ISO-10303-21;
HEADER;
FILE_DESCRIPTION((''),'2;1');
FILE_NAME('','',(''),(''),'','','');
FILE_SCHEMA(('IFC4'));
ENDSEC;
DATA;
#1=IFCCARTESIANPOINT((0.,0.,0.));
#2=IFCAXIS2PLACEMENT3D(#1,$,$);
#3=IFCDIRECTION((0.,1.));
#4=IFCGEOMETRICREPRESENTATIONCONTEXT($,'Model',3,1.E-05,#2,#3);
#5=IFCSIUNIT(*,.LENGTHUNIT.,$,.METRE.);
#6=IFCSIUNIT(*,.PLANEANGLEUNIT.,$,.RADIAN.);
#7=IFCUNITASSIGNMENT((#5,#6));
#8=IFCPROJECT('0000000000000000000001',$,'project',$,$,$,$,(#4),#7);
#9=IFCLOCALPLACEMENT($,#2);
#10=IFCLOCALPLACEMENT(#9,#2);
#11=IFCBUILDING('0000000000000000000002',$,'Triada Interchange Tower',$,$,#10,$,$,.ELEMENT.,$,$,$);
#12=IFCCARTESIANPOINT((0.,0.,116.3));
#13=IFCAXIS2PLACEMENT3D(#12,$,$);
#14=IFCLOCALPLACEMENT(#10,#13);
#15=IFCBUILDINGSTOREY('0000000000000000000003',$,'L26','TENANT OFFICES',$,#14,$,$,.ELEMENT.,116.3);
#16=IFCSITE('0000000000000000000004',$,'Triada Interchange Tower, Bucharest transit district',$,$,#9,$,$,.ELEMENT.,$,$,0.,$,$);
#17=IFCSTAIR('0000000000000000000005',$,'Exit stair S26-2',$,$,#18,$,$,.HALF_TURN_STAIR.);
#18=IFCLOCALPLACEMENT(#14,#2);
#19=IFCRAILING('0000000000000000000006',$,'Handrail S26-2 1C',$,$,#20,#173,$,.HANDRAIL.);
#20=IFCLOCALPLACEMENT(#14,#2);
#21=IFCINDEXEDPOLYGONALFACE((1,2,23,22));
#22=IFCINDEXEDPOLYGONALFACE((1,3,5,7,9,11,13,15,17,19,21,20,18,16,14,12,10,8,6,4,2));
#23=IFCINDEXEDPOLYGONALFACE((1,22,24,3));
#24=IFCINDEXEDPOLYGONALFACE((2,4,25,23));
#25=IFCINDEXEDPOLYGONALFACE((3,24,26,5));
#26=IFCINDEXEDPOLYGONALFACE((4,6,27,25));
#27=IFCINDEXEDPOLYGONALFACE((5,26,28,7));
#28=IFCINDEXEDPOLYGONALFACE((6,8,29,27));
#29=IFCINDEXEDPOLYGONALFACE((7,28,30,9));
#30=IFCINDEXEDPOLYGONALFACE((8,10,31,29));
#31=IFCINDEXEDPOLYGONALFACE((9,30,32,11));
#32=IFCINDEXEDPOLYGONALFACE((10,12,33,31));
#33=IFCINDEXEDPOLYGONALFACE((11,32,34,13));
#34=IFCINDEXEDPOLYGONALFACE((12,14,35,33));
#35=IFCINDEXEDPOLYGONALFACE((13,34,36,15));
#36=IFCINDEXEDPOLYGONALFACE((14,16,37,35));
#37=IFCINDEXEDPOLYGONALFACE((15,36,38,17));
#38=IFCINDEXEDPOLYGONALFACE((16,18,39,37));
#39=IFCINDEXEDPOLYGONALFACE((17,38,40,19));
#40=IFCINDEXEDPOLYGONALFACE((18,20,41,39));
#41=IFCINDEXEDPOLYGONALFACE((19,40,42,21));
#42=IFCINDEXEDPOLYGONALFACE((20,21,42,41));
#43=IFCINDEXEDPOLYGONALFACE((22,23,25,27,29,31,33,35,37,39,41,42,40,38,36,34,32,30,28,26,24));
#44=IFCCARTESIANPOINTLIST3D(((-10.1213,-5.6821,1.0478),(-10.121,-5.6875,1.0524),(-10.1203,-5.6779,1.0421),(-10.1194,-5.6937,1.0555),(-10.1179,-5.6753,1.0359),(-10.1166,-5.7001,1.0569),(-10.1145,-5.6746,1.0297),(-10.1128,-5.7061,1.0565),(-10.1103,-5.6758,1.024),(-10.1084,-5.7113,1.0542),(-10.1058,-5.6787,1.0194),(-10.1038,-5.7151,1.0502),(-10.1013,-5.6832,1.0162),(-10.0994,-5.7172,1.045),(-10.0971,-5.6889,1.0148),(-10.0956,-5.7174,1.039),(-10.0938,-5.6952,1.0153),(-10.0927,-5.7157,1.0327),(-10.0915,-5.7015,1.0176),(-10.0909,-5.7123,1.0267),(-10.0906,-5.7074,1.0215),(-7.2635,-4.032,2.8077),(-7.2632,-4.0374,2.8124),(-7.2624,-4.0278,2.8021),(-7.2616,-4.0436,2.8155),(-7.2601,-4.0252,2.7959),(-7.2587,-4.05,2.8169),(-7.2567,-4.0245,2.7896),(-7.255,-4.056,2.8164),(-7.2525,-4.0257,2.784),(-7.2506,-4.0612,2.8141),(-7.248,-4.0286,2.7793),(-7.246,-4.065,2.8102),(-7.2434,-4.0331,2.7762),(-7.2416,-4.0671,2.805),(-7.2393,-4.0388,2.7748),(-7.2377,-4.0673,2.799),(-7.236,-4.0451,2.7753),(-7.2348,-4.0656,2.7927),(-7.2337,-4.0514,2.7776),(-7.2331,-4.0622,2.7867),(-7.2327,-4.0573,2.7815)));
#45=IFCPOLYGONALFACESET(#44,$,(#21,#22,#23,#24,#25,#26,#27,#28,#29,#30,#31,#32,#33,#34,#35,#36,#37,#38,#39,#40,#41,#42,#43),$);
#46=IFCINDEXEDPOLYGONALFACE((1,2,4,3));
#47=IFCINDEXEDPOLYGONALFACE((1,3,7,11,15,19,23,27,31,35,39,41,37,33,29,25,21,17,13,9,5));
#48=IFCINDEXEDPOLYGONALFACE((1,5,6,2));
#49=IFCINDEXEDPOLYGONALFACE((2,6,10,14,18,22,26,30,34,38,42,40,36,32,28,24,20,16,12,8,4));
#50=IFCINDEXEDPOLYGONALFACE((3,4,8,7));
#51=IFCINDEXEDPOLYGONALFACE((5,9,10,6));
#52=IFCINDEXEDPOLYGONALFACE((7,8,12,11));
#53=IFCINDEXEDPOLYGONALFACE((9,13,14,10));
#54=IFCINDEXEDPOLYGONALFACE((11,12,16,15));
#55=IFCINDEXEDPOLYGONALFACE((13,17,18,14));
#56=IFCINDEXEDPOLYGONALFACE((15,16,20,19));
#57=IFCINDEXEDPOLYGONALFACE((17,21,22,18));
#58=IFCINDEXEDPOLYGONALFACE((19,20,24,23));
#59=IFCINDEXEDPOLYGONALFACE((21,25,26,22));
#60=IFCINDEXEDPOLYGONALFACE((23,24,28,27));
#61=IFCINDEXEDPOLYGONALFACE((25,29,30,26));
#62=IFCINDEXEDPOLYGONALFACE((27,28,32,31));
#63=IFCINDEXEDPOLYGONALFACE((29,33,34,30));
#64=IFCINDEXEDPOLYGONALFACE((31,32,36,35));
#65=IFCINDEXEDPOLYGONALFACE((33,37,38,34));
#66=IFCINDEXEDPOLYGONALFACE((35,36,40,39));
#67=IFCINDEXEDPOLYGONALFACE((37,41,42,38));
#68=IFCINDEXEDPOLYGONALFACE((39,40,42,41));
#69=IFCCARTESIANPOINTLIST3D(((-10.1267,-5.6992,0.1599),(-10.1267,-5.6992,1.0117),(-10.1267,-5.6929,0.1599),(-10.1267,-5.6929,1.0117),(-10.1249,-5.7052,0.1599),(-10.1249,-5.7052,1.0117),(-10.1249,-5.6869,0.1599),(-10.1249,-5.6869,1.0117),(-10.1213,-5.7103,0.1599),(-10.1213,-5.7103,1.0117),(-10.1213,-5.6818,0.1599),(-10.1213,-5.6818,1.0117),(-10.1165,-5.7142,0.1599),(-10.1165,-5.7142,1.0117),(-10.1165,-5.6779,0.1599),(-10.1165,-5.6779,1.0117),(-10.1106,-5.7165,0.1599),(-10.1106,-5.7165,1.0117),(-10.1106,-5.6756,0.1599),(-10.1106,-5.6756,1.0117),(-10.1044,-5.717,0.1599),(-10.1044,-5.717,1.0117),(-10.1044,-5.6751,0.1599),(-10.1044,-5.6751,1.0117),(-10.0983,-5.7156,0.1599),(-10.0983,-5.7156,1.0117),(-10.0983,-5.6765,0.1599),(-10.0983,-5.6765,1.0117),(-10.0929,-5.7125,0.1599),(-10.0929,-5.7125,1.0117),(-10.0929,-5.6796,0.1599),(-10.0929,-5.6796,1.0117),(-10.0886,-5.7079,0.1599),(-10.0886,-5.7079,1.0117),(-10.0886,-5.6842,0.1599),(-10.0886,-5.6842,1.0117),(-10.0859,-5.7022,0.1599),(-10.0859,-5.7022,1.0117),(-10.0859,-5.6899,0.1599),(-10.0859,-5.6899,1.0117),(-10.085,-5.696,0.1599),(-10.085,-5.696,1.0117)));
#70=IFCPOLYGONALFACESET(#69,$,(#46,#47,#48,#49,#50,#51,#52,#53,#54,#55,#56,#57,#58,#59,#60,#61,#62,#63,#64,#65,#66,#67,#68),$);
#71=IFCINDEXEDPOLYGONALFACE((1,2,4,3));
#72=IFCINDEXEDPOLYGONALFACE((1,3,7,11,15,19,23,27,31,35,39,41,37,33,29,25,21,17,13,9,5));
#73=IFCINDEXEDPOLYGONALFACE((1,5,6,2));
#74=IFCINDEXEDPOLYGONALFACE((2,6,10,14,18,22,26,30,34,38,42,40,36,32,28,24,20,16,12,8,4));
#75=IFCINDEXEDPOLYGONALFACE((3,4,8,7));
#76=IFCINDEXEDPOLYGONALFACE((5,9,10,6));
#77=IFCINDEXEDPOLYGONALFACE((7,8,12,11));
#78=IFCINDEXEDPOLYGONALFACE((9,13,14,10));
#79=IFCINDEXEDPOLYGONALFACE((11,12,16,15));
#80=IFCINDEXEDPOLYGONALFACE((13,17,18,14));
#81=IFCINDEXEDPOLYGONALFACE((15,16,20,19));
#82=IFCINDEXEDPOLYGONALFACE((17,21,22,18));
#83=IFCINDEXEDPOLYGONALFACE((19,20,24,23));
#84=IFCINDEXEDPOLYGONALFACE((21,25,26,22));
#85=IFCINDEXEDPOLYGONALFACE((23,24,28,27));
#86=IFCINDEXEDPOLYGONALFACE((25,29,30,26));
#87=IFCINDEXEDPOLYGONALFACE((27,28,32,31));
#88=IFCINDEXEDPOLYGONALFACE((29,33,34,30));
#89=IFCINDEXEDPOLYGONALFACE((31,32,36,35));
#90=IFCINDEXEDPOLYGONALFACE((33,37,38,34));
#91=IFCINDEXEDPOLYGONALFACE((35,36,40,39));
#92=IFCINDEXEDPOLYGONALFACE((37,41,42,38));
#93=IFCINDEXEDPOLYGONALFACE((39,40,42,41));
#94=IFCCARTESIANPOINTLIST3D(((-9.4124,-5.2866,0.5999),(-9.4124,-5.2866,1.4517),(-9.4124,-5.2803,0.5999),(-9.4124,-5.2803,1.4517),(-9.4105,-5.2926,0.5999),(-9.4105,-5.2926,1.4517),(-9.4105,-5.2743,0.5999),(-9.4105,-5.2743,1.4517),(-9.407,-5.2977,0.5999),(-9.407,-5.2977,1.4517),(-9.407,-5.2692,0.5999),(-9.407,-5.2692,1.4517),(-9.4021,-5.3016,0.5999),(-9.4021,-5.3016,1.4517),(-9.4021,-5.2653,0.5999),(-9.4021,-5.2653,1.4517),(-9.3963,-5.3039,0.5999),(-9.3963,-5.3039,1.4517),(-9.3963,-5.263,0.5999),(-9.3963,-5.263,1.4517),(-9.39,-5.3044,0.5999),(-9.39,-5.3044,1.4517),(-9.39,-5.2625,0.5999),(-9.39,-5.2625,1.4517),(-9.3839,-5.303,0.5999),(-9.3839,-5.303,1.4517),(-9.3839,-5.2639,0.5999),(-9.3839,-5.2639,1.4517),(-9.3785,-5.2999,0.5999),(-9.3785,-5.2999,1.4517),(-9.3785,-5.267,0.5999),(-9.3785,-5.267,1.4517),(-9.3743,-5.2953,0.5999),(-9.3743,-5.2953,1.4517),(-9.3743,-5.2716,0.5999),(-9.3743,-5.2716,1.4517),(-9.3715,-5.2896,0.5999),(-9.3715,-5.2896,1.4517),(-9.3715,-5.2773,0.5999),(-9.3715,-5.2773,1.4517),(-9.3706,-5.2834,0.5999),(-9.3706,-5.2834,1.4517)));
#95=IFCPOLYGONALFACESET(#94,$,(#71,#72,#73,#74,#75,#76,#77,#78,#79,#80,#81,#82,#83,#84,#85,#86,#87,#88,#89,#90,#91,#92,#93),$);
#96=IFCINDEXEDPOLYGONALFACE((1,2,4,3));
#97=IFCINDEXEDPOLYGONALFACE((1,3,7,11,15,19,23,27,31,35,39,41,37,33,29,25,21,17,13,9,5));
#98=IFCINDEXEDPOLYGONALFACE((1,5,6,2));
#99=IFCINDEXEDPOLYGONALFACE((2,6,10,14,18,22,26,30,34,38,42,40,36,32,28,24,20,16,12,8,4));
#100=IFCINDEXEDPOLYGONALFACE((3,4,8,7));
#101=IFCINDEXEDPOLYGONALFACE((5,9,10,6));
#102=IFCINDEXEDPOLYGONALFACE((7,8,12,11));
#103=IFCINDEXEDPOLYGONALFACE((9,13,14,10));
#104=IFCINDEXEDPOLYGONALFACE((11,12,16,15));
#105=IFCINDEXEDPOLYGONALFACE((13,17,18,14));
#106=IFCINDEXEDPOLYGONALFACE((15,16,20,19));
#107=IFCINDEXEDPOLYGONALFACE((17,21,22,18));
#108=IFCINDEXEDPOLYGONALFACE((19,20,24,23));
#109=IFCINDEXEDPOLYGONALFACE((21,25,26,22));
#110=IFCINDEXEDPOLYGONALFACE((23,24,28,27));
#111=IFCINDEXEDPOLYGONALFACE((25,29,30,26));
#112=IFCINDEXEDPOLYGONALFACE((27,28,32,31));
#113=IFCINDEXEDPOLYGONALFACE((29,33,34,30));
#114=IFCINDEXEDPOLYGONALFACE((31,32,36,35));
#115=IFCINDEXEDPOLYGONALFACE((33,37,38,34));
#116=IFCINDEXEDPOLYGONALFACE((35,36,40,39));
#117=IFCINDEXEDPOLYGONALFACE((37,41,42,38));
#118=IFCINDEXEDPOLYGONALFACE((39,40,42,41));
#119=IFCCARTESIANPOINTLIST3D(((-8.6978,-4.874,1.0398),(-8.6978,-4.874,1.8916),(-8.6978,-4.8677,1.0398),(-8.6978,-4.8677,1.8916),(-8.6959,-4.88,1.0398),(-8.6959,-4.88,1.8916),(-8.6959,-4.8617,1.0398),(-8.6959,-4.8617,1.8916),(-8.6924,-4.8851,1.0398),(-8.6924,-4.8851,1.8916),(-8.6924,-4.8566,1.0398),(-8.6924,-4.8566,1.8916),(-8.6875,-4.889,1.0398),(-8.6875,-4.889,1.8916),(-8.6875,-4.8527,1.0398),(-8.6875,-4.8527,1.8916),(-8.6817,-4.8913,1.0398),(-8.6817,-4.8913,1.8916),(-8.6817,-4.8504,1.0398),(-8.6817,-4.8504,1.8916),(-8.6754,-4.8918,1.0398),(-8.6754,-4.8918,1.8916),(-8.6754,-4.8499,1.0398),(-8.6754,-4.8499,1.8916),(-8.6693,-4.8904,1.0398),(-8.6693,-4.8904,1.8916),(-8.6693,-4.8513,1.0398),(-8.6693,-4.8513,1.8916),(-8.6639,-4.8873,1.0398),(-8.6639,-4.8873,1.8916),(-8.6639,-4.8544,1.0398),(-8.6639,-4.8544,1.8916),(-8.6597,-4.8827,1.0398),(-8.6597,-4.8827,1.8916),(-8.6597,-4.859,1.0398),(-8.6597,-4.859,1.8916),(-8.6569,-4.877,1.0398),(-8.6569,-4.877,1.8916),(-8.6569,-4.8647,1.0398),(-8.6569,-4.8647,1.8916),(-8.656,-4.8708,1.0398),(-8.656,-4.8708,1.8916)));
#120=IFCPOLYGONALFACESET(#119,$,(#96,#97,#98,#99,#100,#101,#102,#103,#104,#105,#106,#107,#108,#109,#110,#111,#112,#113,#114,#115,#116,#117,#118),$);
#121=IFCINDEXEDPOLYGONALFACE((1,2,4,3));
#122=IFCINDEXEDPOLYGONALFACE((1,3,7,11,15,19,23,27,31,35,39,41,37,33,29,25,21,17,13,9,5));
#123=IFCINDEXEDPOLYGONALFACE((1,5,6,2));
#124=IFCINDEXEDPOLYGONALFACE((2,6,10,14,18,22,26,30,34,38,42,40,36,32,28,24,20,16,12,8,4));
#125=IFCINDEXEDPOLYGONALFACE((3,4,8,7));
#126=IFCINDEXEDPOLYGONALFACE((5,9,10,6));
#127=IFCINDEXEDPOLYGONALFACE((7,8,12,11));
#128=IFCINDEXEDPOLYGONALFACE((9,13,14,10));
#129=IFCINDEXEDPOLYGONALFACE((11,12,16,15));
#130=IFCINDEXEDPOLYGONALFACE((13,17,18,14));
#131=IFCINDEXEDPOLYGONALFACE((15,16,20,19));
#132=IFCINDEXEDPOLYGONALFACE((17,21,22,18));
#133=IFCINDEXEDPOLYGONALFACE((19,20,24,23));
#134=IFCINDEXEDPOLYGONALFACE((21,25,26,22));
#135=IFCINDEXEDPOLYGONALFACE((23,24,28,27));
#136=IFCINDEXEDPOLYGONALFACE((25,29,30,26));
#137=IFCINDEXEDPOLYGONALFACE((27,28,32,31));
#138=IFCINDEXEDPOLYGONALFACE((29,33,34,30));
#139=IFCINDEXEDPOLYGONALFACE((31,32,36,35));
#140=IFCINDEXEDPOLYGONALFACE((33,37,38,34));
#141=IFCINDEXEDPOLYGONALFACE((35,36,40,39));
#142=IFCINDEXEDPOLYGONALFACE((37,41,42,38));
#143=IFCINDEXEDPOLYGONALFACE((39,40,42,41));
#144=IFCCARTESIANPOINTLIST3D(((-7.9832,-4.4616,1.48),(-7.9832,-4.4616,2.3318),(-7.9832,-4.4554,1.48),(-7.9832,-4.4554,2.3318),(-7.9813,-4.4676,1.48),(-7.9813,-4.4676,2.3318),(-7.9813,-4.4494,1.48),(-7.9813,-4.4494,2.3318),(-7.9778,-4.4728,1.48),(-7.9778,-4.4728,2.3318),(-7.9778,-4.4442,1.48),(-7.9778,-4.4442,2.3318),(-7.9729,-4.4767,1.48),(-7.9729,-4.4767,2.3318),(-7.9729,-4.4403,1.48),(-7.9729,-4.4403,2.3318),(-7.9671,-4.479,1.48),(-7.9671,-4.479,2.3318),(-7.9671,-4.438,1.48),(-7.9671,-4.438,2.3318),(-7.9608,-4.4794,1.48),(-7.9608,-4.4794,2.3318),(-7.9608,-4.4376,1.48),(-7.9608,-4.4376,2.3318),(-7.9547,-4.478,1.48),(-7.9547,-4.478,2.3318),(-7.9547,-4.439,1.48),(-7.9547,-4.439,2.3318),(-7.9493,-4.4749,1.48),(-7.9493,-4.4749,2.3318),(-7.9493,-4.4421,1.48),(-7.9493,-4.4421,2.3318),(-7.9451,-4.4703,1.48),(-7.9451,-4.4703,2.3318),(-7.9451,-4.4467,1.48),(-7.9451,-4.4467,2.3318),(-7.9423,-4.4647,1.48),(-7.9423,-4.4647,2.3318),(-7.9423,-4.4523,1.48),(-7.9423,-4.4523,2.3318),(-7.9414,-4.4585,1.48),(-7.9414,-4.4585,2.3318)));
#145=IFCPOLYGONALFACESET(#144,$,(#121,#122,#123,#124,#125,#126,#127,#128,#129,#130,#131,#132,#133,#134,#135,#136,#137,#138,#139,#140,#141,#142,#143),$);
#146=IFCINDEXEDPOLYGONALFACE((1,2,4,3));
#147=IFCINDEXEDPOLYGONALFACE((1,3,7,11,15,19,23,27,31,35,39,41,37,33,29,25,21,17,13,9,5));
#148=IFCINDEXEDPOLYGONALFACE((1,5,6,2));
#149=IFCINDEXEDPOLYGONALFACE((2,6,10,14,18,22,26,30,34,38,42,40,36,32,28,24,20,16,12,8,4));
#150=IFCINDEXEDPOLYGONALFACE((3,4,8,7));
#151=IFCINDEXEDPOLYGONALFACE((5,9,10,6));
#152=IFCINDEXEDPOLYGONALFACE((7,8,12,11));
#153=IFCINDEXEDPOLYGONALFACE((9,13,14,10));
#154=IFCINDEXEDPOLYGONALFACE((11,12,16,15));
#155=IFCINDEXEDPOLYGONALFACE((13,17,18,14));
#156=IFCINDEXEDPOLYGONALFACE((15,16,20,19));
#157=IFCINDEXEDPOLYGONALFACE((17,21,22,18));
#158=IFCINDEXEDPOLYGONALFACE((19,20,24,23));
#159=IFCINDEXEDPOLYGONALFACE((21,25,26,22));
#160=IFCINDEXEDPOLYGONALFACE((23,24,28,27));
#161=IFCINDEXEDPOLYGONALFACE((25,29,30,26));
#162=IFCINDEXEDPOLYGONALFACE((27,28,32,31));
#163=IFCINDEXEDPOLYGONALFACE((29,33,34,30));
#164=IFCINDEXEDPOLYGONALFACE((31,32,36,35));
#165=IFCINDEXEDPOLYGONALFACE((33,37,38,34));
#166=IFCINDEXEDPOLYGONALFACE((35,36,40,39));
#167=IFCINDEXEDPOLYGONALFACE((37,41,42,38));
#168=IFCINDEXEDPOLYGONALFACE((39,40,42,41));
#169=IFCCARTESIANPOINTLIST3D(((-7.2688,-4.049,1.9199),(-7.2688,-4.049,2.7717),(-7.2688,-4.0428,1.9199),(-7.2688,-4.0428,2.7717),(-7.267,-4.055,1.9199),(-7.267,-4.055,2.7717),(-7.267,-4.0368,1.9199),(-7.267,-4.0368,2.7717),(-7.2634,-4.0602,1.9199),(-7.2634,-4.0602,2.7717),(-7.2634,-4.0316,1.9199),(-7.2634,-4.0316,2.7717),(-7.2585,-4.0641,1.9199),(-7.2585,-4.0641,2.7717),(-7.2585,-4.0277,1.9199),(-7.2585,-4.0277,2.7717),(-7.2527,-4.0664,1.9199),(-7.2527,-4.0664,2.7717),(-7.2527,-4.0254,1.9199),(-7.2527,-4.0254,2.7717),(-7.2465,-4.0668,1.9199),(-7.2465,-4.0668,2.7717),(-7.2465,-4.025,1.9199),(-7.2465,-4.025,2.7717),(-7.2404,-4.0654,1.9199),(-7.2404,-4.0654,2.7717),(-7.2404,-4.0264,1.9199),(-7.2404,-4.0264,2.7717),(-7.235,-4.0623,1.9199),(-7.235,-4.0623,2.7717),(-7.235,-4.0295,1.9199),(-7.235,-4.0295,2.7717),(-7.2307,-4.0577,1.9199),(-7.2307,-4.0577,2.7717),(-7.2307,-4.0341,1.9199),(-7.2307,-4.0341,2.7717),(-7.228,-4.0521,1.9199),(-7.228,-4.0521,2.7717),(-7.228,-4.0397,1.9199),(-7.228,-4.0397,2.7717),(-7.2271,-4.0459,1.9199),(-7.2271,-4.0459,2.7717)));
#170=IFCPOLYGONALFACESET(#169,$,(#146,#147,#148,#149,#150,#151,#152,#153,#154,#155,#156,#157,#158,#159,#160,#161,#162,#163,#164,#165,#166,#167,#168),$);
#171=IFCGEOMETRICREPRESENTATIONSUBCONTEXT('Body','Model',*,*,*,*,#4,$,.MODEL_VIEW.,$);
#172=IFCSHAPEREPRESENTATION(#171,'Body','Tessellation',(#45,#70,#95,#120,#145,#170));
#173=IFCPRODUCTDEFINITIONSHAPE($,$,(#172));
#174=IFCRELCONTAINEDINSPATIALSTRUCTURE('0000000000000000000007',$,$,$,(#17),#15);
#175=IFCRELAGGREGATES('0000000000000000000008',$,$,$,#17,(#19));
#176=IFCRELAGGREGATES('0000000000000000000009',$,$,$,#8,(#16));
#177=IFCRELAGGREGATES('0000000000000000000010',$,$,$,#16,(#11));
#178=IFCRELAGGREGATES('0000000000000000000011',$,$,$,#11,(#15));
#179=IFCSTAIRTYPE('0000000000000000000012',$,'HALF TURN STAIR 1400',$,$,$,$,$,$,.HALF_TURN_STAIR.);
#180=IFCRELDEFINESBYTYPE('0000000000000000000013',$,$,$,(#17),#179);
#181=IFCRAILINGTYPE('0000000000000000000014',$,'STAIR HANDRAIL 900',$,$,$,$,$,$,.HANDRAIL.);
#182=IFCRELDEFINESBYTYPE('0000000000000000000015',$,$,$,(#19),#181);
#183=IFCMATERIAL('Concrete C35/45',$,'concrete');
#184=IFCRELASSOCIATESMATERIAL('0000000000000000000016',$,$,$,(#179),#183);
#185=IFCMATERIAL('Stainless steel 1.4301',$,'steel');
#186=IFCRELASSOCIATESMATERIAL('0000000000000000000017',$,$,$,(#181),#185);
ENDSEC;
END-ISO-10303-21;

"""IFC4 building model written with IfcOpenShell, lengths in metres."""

from ifc_helpers import new_model, si_unit, direction, frame, origin, origin_2d, place, context, subcontext, project, spatial, circle, extrude, material, type_object, element, aggregate, save


model = new_model("IFC4")

# Units and contexts
model_context = context("Model", 3, precision=1e-05, world=origin(), true_north=direction((0.0, 1.0)))
body_context = subcontext(model_context, "Body", "Model", "MODEL_VIEW")
ifc_project = project(units=[si_unit("LENGTHUNIT", "METRE"), si_unit("PLANEANGLEUNIT", "RADIAN")], contexts=[model_context])

# Site, building, storey
site_placement = place(None, origin())
site = spatial("IfcSite", under=ifc_project, at=site_placement, Name="Triada Interchange Tower, Bucharest transit district", CompositionType="ELEMENT", RefElevation=0.0)
building_placement = place(site_placement, origin())
building = spatial("IfcBuilding", under=site, at=building_placement, Name="Triada Interchange Tower", CompositionType="ELEMENT")
storey_placement = place(building_placement, frame((0.0, 0.0, 116.3)))
storey = spatial("IfcBuildingStorey", under=building, at=storey_placement, Name="L26", Description="TENANT OFFICES", CompositionType="ELEMENT", Elevation=116.3)

# Stair, railing
ifc_material_1 = material(Name="Concrete C35/45", Category="concrete")
stair_type = type_object("IfcStairType", Name="HALF TURN STAIR 1400", PredefinedType="HALF_TURN_STAIR", material=ifc_material_1)
stair_placement = place(storey_placement, origin())
stair = element("IfcStair", 1, at=stair_placement, inside=storey, type_object=stair_type, Name="Exit stair S26-2", PredefinedType="HALF_TURN_STAIR")
ifc_material_2 = material(Name="Stainless steel 1.4301", Category="steel")
railing_type = type_object("IfcRailingType", Name="STAIR HANDRAIL 900", PredefinedType="HANDRAIL", material=ifc_material_2)
railing_1_placement = place(storey_placement, frame((-10.106, -5.696, 0.1599)))
railing_1 = element("IfcRailing", 2, at=railing_1_placement, type_object=railing_type, Name="Handrail S26-2 1C", PredefinedType="HANDRAIL", context=body_context, shape_type="SweptSolid", body=[
    extrude(circle(Radius=0.0239, at=origin_2d()), frame((0.0, 0.0, 0.876), z_axis=(0.764129, 0.441205, 0.47058), x_axis=(-0.50003, 0.866008, 0.0)), (0.0, 0.0, 1.0), 3.74),
    extrude(circle(Radius=0.021, at=origin_2d()), origin(), (0.0, 0.0, 1.0), 0.8518),
    extrude(circle(Radius=0.021, at=origin_2d()), frame((0.7144, 0.4126, 0.4399)), (0.0, 0.0, 1.0), 0.8518),
    extrude(circle(Radius=0.021, at=origin_2d()), frame((1.429, 0.8252, 0.8799)), (0.0, 0.0, 1.0), 0.8518),
    extrude(circle(Radius=0.021, at=origin_2d()), frame((2.1436, 1.2375, 1.3201)), (0.0, 0.0, 1.0), 0.8518),
    extrude(circle(Radius=0.021, at=origin_2d()), frame((2.8579, 1.6501, 1.76)), (0.0, 0.0, 1.0), 0.8518),
])
aggregate(stair, [railing_1])

save(model, "model.ifc")
